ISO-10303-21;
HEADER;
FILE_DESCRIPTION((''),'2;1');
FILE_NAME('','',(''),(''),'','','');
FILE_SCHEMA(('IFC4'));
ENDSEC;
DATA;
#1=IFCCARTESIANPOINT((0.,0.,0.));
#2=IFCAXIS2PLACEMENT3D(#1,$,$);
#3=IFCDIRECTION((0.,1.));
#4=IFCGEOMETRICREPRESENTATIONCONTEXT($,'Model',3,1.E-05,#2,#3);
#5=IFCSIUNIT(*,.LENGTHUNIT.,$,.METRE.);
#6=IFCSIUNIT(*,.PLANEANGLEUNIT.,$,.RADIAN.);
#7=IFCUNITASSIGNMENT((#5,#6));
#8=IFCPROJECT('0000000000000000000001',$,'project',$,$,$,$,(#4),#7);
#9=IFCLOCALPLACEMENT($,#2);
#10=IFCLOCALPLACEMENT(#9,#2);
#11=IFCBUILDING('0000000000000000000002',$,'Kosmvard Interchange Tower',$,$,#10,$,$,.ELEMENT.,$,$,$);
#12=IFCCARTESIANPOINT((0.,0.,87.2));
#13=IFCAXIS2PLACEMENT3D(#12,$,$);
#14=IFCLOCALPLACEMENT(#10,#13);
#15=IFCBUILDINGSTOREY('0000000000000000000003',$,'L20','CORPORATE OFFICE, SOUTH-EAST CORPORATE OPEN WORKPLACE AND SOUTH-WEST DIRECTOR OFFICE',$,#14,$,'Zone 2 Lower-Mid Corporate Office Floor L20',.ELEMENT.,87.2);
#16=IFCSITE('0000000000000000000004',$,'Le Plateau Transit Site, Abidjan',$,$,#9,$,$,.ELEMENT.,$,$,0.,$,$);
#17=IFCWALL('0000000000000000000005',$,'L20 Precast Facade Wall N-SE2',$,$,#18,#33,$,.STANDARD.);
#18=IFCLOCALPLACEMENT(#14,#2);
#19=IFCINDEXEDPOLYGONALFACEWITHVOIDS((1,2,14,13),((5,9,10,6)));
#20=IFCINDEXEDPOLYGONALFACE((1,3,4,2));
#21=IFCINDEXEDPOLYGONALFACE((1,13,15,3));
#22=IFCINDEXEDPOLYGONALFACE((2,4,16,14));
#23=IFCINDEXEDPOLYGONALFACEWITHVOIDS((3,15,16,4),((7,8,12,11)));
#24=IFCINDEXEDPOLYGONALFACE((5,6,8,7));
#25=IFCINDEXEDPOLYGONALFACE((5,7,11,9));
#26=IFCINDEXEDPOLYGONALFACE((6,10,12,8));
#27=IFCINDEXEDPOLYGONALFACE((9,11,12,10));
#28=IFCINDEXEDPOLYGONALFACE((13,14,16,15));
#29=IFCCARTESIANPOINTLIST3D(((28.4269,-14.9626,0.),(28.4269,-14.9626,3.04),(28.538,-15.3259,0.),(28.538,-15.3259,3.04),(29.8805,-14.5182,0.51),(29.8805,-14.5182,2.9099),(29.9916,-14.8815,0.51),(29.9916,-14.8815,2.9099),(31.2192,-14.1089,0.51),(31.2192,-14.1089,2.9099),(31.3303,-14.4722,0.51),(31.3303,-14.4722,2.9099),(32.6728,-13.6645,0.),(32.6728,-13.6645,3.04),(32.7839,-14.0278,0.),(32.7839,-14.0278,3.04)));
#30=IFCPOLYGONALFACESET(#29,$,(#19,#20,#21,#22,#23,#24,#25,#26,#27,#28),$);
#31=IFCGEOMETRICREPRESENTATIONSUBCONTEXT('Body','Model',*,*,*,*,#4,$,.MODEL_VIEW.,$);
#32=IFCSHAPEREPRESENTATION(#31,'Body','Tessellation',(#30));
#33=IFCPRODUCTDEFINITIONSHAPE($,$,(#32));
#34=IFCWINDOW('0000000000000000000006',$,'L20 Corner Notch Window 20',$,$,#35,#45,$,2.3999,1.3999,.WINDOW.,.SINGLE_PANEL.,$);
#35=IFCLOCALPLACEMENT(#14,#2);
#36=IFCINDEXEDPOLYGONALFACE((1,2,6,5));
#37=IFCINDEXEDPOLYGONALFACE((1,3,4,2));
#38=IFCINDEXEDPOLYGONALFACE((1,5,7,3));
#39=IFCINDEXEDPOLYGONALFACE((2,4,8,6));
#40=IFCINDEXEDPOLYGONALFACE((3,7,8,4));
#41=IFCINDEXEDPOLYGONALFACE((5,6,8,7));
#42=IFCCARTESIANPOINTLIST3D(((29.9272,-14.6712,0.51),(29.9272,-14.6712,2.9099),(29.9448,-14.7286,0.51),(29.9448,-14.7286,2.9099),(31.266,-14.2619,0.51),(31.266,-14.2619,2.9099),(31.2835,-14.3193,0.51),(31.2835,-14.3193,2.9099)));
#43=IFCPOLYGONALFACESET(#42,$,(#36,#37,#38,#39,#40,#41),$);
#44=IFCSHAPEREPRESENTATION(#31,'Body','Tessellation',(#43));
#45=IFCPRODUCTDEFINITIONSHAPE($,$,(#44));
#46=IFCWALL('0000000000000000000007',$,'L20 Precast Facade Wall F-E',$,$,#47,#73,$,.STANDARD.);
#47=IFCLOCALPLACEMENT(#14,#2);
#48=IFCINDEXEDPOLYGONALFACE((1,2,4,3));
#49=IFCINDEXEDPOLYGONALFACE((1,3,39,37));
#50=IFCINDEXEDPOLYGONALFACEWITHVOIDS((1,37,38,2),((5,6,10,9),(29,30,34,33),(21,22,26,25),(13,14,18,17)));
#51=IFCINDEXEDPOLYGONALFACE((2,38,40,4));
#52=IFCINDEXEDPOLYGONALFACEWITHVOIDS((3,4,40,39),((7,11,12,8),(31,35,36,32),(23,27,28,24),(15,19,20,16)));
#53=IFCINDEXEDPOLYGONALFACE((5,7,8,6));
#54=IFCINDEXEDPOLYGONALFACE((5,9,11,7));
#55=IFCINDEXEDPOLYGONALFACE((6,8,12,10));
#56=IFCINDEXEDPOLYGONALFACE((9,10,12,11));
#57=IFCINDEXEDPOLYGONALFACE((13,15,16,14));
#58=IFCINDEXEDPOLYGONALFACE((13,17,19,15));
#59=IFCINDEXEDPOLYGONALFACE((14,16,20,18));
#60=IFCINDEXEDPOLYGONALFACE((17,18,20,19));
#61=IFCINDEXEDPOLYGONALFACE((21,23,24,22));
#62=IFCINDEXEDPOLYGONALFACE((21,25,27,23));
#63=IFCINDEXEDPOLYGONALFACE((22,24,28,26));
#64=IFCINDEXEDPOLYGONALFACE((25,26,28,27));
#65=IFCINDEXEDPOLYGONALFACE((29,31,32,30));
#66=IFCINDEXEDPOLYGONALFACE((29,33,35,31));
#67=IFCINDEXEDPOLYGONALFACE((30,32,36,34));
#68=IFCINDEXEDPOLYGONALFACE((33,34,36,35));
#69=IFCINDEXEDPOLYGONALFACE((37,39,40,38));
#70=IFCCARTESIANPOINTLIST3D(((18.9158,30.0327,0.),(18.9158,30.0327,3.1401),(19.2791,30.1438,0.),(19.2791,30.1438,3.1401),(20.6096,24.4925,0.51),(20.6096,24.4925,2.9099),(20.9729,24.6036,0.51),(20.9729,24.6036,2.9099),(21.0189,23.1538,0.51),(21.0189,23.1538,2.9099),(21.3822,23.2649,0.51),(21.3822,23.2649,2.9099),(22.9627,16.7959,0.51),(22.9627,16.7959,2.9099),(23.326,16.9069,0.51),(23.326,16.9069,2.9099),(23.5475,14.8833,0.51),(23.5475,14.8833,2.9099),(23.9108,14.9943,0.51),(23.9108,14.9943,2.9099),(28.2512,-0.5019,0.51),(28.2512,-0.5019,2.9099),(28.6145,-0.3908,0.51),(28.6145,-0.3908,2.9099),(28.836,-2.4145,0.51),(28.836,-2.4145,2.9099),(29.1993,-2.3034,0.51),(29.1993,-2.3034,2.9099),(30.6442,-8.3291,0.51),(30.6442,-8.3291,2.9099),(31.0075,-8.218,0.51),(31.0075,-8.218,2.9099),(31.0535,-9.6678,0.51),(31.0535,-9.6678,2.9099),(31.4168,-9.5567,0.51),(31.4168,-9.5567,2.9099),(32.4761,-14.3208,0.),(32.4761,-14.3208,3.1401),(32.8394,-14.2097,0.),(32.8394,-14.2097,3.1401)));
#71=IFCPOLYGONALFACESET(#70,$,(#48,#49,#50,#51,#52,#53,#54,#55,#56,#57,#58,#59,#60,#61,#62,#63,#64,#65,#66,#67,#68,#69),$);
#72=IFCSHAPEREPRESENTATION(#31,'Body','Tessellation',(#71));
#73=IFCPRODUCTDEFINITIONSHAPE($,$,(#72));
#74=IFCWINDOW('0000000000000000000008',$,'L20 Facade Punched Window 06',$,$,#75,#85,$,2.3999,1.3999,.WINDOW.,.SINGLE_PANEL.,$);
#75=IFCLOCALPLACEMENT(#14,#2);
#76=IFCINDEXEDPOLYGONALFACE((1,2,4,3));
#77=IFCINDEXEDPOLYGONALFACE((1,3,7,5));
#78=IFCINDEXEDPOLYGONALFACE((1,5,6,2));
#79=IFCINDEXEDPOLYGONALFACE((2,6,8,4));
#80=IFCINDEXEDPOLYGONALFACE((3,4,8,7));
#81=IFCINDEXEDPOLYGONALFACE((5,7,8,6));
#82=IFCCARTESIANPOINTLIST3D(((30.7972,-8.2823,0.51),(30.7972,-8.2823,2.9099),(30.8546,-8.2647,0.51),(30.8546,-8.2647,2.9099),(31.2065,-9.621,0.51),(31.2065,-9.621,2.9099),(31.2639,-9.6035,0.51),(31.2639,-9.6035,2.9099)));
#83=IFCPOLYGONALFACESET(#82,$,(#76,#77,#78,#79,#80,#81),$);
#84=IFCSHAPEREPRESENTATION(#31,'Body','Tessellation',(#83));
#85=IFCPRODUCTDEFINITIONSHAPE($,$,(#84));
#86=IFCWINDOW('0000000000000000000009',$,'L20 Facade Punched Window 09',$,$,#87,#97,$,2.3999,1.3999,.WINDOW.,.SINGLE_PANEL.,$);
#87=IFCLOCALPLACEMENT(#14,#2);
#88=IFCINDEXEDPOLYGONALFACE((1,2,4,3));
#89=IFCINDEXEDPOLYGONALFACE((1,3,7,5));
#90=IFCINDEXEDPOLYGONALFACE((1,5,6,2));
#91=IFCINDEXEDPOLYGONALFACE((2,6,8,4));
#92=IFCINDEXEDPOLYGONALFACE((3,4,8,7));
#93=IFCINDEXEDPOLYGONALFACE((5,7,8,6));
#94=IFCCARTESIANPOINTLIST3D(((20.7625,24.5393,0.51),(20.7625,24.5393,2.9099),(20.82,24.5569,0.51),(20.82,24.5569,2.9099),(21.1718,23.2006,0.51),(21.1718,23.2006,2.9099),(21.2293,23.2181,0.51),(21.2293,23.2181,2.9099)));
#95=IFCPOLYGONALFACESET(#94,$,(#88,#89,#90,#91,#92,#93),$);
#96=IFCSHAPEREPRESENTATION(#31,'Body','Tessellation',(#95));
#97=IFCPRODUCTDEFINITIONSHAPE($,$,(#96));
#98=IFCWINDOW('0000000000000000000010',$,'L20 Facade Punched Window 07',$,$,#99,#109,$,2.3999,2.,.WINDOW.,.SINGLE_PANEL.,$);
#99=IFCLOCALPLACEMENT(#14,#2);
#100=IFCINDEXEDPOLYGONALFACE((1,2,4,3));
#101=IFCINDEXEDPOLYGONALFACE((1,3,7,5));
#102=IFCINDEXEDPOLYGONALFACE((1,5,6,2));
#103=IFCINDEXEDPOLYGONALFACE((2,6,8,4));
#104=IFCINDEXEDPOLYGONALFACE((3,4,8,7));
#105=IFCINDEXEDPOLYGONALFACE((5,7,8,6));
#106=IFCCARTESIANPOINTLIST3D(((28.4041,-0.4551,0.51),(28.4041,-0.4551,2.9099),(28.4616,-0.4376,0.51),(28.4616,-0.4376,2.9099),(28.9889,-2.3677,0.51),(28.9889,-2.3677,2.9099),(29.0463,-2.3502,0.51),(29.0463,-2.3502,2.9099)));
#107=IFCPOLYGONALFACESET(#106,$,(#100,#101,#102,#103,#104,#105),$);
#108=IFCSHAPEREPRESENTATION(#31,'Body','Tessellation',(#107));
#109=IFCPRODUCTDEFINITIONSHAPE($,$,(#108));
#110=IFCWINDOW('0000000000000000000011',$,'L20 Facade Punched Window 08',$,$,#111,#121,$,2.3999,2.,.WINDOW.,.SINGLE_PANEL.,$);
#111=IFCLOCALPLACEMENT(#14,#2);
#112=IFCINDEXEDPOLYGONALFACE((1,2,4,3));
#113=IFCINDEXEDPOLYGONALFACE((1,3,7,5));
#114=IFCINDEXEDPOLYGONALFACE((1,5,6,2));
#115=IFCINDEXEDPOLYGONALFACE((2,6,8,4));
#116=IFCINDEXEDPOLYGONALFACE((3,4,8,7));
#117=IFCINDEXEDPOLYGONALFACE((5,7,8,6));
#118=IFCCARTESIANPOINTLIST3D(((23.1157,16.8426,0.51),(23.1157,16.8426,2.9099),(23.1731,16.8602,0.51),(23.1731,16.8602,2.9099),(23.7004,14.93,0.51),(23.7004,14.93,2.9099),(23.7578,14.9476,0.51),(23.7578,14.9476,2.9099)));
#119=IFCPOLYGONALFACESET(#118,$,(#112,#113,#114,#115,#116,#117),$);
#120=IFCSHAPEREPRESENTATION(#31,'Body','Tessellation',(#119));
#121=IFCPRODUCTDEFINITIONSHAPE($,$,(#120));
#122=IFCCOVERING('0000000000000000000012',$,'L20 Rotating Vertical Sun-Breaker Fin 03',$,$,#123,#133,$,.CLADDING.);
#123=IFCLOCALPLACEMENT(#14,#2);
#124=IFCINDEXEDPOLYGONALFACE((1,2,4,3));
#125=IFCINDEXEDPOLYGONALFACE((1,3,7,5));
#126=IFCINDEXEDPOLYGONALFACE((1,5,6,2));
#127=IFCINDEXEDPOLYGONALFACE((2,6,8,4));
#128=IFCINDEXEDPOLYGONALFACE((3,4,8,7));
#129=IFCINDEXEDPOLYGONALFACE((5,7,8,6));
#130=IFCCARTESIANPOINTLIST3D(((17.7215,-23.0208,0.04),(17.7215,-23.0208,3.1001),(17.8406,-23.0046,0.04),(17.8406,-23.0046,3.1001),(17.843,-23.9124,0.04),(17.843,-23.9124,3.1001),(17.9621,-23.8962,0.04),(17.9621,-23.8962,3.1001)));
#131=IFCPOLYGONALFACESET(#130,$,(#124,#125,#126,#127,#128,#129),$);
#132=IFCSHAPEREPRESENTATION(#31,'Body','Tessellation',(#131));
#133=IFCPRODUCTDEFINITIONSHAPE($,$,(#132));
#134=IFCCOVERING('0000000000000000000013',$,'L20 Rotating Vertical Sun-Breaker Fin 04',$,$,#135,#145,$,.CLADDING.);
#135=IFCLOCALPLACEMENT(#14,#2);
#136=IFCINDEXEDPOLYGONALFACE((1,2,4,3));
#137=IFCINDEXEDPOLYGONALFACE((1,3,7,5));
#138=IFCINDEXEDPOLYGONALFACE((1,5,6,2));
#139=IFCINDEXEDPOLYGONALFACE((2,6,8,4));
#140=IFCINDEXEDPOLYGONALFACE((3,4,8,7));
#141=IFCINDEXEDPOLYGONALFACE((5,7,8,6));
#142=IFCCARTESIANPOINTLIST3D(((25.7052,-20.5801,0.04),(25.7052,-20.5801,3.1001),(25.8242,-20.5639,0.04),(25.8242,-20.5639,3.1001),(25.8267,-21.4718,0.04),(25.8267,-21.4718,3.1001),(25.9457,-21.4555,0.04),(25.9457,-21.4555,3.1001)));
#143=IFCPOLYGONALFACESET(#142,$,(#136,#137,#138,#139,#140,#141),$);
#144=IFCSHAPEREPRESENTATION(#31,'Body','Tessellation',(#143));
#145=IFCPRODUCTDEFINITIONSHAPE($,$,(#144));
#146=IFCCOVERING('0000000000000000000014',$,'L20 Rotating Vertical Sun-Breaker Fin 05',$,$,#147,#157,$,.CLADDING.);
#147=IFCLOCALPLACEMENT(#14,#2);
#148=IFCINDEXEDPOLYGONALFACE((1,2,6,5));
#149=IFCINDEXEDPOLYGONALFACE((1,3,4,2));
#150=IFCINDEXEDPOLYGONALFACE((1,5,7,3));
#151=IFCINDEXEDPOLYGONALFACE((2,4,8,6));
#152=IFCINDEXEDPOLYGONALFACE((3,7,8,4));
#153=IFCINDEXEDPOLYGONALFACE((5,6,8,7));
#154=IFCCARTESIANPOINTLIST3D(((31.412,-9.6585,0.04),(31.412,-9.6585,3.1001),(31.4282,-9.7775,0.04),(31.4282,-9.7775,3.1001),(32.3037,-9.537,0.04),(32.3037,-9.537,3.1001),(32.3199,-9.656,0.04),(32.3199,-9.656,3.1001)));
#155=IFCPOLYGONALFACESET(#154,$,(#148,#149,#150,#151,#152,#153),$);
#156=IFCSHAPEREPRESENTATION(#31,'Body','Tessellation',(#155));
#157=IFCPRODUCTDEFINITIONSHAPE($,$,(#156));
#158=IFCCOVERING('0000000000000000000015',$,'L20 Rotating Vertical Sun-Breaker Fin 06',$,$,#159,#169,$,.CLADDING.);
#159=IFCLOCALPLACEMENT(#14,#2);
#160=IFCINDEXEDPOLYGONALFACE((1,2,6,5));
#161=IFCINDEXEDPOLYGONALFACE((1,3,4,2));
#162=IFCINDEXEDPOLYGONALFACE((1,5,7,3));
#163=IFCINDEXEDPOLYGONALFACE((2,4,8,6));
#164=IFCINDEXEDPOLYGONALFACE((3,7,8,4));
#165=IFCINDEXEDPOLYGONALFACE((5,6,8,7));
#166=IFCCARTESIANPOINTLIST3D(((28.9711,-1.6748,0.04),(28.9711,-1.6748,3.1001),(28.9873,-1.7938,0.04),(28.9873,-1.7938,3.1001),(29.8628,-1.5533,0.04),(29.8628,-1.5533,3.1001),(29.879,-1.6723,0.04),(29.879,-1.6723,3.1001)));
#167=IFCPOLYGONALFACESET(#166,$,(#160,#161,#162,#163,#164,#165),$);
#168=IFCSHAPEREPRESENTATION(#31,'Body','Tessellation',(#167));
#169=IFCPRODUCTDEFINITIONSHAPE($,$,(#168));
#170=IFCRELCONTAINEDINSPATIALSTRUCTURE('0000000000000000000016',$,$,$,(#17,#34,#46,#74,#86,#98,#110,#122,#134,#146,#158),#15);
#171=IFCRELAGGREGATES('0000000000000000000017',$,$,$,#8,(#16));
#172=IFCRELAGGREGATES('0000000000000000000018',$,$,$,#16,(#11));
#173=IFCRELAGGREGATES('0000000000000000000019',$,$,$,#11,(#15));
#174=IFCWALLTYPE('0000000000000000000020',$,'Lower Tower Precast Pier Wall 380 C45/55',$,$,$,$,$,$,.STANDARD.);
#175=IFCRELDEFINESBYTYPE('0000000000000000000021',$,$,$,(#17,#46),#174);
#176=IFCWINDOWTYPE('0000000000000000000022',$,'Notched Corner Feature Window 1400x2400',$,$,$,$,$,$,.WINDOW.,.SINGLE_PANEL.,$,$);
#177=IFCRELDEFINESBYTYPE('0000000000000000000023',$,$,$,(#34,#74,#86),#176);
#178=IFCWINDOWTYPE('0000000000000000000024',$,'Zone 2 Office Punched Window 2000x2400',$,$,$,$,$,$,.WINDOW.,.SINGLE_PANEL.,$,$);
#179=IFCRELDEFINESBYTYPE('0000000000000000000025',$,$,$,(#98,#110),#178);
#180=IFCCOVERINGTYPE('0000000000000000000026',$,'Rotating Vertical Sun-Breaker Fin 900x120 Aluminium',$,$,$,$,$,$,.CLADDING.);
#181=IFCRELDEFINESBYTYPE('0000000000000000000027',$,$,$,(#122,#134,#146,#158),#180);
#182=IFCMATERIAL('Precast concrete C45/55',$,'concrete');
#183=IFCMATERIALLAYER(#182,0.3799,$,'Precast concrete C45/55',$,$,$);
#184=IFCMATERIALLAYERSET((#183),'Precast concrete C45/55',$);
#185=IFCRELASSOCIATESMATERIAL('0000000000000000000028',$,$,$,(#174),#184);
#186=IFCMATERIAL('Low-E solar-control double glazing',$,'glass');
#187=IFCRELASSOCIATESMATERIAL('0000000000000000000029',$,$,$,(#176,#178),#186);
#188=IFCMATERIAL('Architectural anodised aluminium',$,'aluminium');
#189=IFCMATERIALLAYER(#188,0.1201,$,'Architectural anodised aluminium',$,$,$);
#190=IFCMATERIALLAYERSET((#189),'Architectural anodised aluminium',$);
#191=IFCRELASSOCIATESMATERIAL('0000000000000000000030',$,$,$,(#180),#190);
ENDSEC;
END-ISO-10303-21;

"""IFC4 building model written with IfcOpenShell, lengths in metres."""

from ifc_helpers import new_model, si_unit, direction, frame, frame_2d, origin, origin_2d, place, context, subcontext, project, spatial, rectangle, extrude, source, transform, mapped, material, layer, layer_set, type_object, element, fill, save


model = new_model("IFC4")

# Units and contexts
model_context = context("Model", 3, precision=1e-05, world=origin(), true_north=direction((0.0, 1.0)))
body_context = subcontext(model_context, "Body", "Model", "MODEL_VIEW")
ifc_project = project(units=[si_unit("LENGTHUNIT", "METRE"), si_unit("PLANEANGLEUNIT", "RADIAN")], contexts=[model_context])

# Site, building, storey
site_placement = place(None, origin())
site = spatial("IfcSite", under=ifc_project, at=site_placement, Name="Le Plateau Transit Site, Abidjan", CompositionType="ELEMENT", RefElevation=0.0)
building_placement = place(site_placement, origin())
building = spatial("IfcBuilding", under=site, at=building_placement, Name="Kosmvard Interchange Tower", CompositionType="ELEMENT")
storey_placement = place(building_placement, frame((0.0, 0.0, 87.2)))
storey = spatial("IfcBuildingStorey", under=building, at=storey_placement, Name="L20", Description="CORPORATE OFFICE, SOUTH-EAST CORPORATE OPEN WORKPLACE AND SOUTH-WEST DIRECTOR OFFICE", LongName="Zone 2 Lower-Mid Corporate Office Floor L20", CompositionType="ELEMENT", Elevation=87.2)

# Shared definitions
ifc_material_1 = material(Name="Precast concrete C45/55", Category="concrete")

# Shared definitions
ifc_layer_1 = layer(ifc_material_1, 0.3799, Name="Precast concrete C45/55")
ifc_layer_set_1 = layer_set([ifc_layer_1], Name="Precast concrete C45/55")
wall_type = type_object("IfcWallType", Name="Lower Tower Precast Pier Wall 380 C45/55", PredefinedType="STANDARD", material=ifc_layer_set_1)

# Wall, opening, window
wall_1_placement = place(storey_placement, frame((28.4824, -15.1443, 0.0), z_axis=(0.0, 0.0, 1.0), x_axis=(0.956304, 0.292374, 0.0)))
wall_1 = element("IfcWall", 1, at=wall_1_placement, inside=storey, type_object=wall_type, Name="L20 Precast Facade Wall N-SE2", PredefinedType="STANDARD", context=body_context, shape_type="SweptSolid", body=[
    extrude(rectangle(XDim=4.4399, YDim=0.3799, at=frame_2d((2.22, 0.0))), origin(), (0.0, 0.0, 1.0), 3.04),
])
opening_1_placement = place(wall_1_placement, frame((1.52, 0.0, 0.51)))
opening_1 = element("IfcOpeningElement", 2, at=opening_1_placement, cuts=wall_1, PredefinedType="OPENING", context=body_context, shape_type="SweptSolid", body=[
    extrude(rectangle(XDim=1.3999, YDim=2.3999, at=frame_2d((0.7, 1.2))), frame((0.0, 0.2, 0.0), z_axis=(0.0, -1.0, 0.0), x_axis=(1.0, 0.0, 0.0)), (0.0, 0.0, 1.0), 0.3999),
])
ifc_material_2 = material(Name="Low-E solar-control double glazing", Category="glass")
window_type_1 = type_object("IfcWindowType", Name="Notched Corner Feature Window 1400x2400", PartitioningType="SINGLE_PANEL", PredefinedType="WINDOW", material=ifc_material_2)
shared_shape_1 = source(origin(), body_context, "Body", "SweptSolid", [
    extrude(rectangle(XDim=1.3999, YDim=2.3999, at=frame_2d((0.7, 1.2))), frame((0.0, 0.03, 0.0), z_axis=(0.0, -1.0, 0.0), x_axis=(1.0, 0.0, 0.0)), (0.0, 0.0, 1.0), 0.0601),
])
window_1_placement = place(opening_1_placement, origin())
window_1 = element("IfcWindow", 3, at=window_1_placement, inside=storey, type_object=window_type_1, Name="L20 Corner Notch Window 20", OverallHeight=2.3999, OverallWidth=1.3999, PartitioningType="SINGLE_PANEL", PredefinedType="WINDOW", context=body_context, shape_type="MappedRepresentation", body=[
    mapped(shared_shape_1, transform((0.0, 0.0, 0.0), scale=1.0)),
])
fill(opening_1, window_1)

# Wall, openings, windows
wall_2_placement = place(storey_placement, frame((32.6577, -14.2651, 0.0), z_axis=(0.0, 0.0, 1.0), x_axis=(-0.292373, 0.956304, 0.0)))
wall_2 = element("IfcWall", 4, at=wall_2_placement, inside=storey, type_object=wall_type, Name="L20 Precast Facade Wall F-E", PredefinedType="STANDARD", context=body_context, shape_type="SweptSolid", body=[
    extrude(rectangle(XDim=46.3801, YDim=0.3799, at=frame_2d((23.1899, 0.0))), origin(), (0.0, 0.0, 1.0), 3.1401),
])
opening_2_placement = place(wall_2_placement, frame((4.8655, 0.0, 0.51)))
opening_2 = element("IfcOpeningElement", 5, at=opening_2_placement, cuts=wall_2, PredefinedType="OPENING", context=body_context, shape_type="SweptSolid", body=[
    extrude(rectangle(XDim=1.3999, YDim=2.3999, at=frame_2d((0.7, 1.2))), frame((0.0, 0.2, 0.0), z_axis=(0.0, -1.0, 0.0), x_axis=(1.0, 0.0, 0.0)), (0.0, 0.0, 1.0), 0.3999),
])
opening_3_placement = place(wall_2_placement, frame((12.4502, 0.0, 0.51)))
opening_3 = element("IfcOpeningElement", 6, at=opening_3_placement, cuts=wall_2, PredefinedType="OPENING", context=body_context, shape_type="SweptSolid", body=[
    extrude(rectangle(XDim=2.0, YDim=2.3999, at=frame_2d((1.0, 1.2))), frame((0.0, 0.2, 0.0), z_axis=(0.0, -1.0, 0.0), x_axis=(1.0, 0.0, 0.0)), (0.0, 0.0, 1.0), 0.3999),
])
opening_4_placement = place(wall_2_placement, frame((30.5383, 0.0, 0.51)))
opening_4 = element("IfcOpeningElement", 7, at=opening_4_placement, cuts=wall_2, PredefinedType="OPENING", context=body_context, shape_type="SweptSolid", body=[
    extrude(rectangle(XDim=2.0, YDim=2.3999, at=frame_2d((1.0, 1.2))), frame((0.0, 0.2, 0.0), z_axis=(0.0, -1.0, 0.0), x_axis=(1.0, 0.0, 0.0)), (0.0, 0.0, 1.0), 0.3999),
])
opening_5_placement = place(wall_2_placement, frame((39.1868, 0.0, 0.51)))
opening_5 = element("IfcOpeningElement", 8, at=opening_5_placement, cuts=wall_2, PredefinedType="OPENING", context=body_context, shape_type="SweptSolid", body=[
    extrude(rectangle(XDim=1.3999, YDim=2.3999, at=frame_2d((0.7, 1.2))), frame((0.0, 0.2, 0.0), z_axis=(0.0, -1.0, 0.0), x_axis=(1.0, 0.0, 0.0)), (0.0, 0.0, 1.0), 0.3999),
])
window_2_placement = place(opening_2_placement, origin())
window_2 = element("IfcWindow", 9, at=window_2_placement, inside=storey, type_object=window_type_1, Name="L20 Facade Punched Window 06", OverallHeight=2.3999, OverallWidth=1.3999, PartitioningType="SINGLE_PANEL", PredefinedType="WINDOW", context=body_context, shape_type="MappedRepresentation", body=[
    mapped(shared_shape_1, transform((0.0, 0.0, 0.0), scale=1.0)),
])
fill(opening_2, window_2)
window_3_placement = place(opening_5_placement, origin())
window_3 = element("IfcWindow", 10, at=window_3_placement, inside=storey, type_object=window_type_1, Name="L20 Facade Punched Window 09", OverallHeight=2.3999, OverallWidth=1.3999, PartitioningType="SINGLE_PANEL", PredefinedType="WINDOW", context=body_context, shape_type="MappedRepresentation", body=[
    mapped(shared_shape_1, transform((0.0, 0.0, 0.0), scale=1.0)),
])
fill(opening_5, window_3)
window_type_2 = type_object("IfcWindowType", Name="Zone 2 Office Punched Window 2000x2400", PartitioningType="SINGLE_PANEL", PredefinedType="WINDOW", material=ifc_material_2)
shared_shape_2 = source(origin(), body_context, "Body", "SweptSolid", [
    extrude(rectangle(XDim=2.0, YDim=2.3999, at=frame_2d((1.0, 1.2))), frame((0.0, 0.03, 0.0), z_axis=(0.0, -1.0, 0.0), x_axis=(1.0, 0.0, 0.0)), (0.0, 0.0, 1.0), 0.0601),
])
window_4_placement = place(opening_3_placement, origin())
window_4 = element("IfcWindow", 11, at=window_4_placement, inside=storey, type_object=window_type_2, Name="L20 Facade Punched Window 07", OverallHeight=2.3999, OverallWidth=2.0, PartitioningType="SINGLE_PANEL", PredefinedType="WINDOW", context=body_context, shape_type="MappedRepresentation", body=[
    mapped(shared_shape_2, transform((0.0, 0.0, 0.0), scale=1.0)),
])
fill(opening_3, window_4)
window_5_placement = place(opening_4_placement, origin())
window_5 = element("IfcWindow", 12, at=window_5_placement, inside=storey, type_object=window_type_2, Name="L20 Facade Punched Window 08", OverallHeight=2.3999, OverallWidth=2.0, PartitioningType="SINGLE_PANEL", PredefinedType="WINDOW", context=body_context, shape_type="MappedRepresentation", body=[
    mapped(shared_shape_2, transform((0.0, 0.0, 0.0), scale=1.0)),
])
fill(opening_4, window_5)

# Coverings
ifc_material_3 = material(Name="Architectural anodised aluminium", Category="aluminium")
ifc_layer_2 = layer(ifc_material_3, 0.1201, Name="Architectural anodised aluminium")
ifc_layer_set_2 = layer_set([ifc_layer_2], Name="Architectural anodised aluminium")
covering_type = type_object("IfcCoveringType", Name="Rotating Vertical Sun-Breaker Fin 900x120 Aluminium", PredefinedType="CLADDING", material=ifc_layer_set_2)
shared_shape_3 = source(origin(), body_context, "Body", "SweptSolid", [
    extrude(rectangle(XDim=0.8999, YDim=0.1201, at=origin_2d()), origin(), (0.0, 0.0, 1.0), 3.0601),
])
for number, where, z_axis, x_axis, name in (
    (13, (17.8418, -23.4585, 0.04), (0.0, 0.0, 1.0), (0.135024, -0.990842, 0.0), "L20 Rotating Vertical Sun-Breaker Fin 03"),
    (14, (25.8254, -21.0178, 0.04), (0.0, 0.0, 1.0), (0.135024, -0.990842, 0.0), "L20 Rotating Vertical Sun-Breaker Fin 04"),
    (15, (31.866, -9.6572, 0.04), (0.0, 0.0, 1.0), (0.990842, 0.135024, 0.0), "L20 Rotating Vertical Sun-Breaker Fin 05"),
    (16, (29.425, -1.6736, 0.04), (0.0, 0.0, 1.0), (0.990842, 0.135024, 0.0), "L20 Rotating Vertical Sun-Breaker Fin 06"),
):
    element("IfcCovering", number, at=place(storey_placement, frame(where, z_axis=z_axis, x_axis=x_axis)), inside=storey, type_object=covering_type, Name=name, PredefinedType="CLADDING", context=body_context, shape_type="MappedRepresentation", body=[
        mapped(shared_shape_3, transform((0.0, 0.0, 0.0), scale=1.0)),
    ])

save(model, "model.ifc")
